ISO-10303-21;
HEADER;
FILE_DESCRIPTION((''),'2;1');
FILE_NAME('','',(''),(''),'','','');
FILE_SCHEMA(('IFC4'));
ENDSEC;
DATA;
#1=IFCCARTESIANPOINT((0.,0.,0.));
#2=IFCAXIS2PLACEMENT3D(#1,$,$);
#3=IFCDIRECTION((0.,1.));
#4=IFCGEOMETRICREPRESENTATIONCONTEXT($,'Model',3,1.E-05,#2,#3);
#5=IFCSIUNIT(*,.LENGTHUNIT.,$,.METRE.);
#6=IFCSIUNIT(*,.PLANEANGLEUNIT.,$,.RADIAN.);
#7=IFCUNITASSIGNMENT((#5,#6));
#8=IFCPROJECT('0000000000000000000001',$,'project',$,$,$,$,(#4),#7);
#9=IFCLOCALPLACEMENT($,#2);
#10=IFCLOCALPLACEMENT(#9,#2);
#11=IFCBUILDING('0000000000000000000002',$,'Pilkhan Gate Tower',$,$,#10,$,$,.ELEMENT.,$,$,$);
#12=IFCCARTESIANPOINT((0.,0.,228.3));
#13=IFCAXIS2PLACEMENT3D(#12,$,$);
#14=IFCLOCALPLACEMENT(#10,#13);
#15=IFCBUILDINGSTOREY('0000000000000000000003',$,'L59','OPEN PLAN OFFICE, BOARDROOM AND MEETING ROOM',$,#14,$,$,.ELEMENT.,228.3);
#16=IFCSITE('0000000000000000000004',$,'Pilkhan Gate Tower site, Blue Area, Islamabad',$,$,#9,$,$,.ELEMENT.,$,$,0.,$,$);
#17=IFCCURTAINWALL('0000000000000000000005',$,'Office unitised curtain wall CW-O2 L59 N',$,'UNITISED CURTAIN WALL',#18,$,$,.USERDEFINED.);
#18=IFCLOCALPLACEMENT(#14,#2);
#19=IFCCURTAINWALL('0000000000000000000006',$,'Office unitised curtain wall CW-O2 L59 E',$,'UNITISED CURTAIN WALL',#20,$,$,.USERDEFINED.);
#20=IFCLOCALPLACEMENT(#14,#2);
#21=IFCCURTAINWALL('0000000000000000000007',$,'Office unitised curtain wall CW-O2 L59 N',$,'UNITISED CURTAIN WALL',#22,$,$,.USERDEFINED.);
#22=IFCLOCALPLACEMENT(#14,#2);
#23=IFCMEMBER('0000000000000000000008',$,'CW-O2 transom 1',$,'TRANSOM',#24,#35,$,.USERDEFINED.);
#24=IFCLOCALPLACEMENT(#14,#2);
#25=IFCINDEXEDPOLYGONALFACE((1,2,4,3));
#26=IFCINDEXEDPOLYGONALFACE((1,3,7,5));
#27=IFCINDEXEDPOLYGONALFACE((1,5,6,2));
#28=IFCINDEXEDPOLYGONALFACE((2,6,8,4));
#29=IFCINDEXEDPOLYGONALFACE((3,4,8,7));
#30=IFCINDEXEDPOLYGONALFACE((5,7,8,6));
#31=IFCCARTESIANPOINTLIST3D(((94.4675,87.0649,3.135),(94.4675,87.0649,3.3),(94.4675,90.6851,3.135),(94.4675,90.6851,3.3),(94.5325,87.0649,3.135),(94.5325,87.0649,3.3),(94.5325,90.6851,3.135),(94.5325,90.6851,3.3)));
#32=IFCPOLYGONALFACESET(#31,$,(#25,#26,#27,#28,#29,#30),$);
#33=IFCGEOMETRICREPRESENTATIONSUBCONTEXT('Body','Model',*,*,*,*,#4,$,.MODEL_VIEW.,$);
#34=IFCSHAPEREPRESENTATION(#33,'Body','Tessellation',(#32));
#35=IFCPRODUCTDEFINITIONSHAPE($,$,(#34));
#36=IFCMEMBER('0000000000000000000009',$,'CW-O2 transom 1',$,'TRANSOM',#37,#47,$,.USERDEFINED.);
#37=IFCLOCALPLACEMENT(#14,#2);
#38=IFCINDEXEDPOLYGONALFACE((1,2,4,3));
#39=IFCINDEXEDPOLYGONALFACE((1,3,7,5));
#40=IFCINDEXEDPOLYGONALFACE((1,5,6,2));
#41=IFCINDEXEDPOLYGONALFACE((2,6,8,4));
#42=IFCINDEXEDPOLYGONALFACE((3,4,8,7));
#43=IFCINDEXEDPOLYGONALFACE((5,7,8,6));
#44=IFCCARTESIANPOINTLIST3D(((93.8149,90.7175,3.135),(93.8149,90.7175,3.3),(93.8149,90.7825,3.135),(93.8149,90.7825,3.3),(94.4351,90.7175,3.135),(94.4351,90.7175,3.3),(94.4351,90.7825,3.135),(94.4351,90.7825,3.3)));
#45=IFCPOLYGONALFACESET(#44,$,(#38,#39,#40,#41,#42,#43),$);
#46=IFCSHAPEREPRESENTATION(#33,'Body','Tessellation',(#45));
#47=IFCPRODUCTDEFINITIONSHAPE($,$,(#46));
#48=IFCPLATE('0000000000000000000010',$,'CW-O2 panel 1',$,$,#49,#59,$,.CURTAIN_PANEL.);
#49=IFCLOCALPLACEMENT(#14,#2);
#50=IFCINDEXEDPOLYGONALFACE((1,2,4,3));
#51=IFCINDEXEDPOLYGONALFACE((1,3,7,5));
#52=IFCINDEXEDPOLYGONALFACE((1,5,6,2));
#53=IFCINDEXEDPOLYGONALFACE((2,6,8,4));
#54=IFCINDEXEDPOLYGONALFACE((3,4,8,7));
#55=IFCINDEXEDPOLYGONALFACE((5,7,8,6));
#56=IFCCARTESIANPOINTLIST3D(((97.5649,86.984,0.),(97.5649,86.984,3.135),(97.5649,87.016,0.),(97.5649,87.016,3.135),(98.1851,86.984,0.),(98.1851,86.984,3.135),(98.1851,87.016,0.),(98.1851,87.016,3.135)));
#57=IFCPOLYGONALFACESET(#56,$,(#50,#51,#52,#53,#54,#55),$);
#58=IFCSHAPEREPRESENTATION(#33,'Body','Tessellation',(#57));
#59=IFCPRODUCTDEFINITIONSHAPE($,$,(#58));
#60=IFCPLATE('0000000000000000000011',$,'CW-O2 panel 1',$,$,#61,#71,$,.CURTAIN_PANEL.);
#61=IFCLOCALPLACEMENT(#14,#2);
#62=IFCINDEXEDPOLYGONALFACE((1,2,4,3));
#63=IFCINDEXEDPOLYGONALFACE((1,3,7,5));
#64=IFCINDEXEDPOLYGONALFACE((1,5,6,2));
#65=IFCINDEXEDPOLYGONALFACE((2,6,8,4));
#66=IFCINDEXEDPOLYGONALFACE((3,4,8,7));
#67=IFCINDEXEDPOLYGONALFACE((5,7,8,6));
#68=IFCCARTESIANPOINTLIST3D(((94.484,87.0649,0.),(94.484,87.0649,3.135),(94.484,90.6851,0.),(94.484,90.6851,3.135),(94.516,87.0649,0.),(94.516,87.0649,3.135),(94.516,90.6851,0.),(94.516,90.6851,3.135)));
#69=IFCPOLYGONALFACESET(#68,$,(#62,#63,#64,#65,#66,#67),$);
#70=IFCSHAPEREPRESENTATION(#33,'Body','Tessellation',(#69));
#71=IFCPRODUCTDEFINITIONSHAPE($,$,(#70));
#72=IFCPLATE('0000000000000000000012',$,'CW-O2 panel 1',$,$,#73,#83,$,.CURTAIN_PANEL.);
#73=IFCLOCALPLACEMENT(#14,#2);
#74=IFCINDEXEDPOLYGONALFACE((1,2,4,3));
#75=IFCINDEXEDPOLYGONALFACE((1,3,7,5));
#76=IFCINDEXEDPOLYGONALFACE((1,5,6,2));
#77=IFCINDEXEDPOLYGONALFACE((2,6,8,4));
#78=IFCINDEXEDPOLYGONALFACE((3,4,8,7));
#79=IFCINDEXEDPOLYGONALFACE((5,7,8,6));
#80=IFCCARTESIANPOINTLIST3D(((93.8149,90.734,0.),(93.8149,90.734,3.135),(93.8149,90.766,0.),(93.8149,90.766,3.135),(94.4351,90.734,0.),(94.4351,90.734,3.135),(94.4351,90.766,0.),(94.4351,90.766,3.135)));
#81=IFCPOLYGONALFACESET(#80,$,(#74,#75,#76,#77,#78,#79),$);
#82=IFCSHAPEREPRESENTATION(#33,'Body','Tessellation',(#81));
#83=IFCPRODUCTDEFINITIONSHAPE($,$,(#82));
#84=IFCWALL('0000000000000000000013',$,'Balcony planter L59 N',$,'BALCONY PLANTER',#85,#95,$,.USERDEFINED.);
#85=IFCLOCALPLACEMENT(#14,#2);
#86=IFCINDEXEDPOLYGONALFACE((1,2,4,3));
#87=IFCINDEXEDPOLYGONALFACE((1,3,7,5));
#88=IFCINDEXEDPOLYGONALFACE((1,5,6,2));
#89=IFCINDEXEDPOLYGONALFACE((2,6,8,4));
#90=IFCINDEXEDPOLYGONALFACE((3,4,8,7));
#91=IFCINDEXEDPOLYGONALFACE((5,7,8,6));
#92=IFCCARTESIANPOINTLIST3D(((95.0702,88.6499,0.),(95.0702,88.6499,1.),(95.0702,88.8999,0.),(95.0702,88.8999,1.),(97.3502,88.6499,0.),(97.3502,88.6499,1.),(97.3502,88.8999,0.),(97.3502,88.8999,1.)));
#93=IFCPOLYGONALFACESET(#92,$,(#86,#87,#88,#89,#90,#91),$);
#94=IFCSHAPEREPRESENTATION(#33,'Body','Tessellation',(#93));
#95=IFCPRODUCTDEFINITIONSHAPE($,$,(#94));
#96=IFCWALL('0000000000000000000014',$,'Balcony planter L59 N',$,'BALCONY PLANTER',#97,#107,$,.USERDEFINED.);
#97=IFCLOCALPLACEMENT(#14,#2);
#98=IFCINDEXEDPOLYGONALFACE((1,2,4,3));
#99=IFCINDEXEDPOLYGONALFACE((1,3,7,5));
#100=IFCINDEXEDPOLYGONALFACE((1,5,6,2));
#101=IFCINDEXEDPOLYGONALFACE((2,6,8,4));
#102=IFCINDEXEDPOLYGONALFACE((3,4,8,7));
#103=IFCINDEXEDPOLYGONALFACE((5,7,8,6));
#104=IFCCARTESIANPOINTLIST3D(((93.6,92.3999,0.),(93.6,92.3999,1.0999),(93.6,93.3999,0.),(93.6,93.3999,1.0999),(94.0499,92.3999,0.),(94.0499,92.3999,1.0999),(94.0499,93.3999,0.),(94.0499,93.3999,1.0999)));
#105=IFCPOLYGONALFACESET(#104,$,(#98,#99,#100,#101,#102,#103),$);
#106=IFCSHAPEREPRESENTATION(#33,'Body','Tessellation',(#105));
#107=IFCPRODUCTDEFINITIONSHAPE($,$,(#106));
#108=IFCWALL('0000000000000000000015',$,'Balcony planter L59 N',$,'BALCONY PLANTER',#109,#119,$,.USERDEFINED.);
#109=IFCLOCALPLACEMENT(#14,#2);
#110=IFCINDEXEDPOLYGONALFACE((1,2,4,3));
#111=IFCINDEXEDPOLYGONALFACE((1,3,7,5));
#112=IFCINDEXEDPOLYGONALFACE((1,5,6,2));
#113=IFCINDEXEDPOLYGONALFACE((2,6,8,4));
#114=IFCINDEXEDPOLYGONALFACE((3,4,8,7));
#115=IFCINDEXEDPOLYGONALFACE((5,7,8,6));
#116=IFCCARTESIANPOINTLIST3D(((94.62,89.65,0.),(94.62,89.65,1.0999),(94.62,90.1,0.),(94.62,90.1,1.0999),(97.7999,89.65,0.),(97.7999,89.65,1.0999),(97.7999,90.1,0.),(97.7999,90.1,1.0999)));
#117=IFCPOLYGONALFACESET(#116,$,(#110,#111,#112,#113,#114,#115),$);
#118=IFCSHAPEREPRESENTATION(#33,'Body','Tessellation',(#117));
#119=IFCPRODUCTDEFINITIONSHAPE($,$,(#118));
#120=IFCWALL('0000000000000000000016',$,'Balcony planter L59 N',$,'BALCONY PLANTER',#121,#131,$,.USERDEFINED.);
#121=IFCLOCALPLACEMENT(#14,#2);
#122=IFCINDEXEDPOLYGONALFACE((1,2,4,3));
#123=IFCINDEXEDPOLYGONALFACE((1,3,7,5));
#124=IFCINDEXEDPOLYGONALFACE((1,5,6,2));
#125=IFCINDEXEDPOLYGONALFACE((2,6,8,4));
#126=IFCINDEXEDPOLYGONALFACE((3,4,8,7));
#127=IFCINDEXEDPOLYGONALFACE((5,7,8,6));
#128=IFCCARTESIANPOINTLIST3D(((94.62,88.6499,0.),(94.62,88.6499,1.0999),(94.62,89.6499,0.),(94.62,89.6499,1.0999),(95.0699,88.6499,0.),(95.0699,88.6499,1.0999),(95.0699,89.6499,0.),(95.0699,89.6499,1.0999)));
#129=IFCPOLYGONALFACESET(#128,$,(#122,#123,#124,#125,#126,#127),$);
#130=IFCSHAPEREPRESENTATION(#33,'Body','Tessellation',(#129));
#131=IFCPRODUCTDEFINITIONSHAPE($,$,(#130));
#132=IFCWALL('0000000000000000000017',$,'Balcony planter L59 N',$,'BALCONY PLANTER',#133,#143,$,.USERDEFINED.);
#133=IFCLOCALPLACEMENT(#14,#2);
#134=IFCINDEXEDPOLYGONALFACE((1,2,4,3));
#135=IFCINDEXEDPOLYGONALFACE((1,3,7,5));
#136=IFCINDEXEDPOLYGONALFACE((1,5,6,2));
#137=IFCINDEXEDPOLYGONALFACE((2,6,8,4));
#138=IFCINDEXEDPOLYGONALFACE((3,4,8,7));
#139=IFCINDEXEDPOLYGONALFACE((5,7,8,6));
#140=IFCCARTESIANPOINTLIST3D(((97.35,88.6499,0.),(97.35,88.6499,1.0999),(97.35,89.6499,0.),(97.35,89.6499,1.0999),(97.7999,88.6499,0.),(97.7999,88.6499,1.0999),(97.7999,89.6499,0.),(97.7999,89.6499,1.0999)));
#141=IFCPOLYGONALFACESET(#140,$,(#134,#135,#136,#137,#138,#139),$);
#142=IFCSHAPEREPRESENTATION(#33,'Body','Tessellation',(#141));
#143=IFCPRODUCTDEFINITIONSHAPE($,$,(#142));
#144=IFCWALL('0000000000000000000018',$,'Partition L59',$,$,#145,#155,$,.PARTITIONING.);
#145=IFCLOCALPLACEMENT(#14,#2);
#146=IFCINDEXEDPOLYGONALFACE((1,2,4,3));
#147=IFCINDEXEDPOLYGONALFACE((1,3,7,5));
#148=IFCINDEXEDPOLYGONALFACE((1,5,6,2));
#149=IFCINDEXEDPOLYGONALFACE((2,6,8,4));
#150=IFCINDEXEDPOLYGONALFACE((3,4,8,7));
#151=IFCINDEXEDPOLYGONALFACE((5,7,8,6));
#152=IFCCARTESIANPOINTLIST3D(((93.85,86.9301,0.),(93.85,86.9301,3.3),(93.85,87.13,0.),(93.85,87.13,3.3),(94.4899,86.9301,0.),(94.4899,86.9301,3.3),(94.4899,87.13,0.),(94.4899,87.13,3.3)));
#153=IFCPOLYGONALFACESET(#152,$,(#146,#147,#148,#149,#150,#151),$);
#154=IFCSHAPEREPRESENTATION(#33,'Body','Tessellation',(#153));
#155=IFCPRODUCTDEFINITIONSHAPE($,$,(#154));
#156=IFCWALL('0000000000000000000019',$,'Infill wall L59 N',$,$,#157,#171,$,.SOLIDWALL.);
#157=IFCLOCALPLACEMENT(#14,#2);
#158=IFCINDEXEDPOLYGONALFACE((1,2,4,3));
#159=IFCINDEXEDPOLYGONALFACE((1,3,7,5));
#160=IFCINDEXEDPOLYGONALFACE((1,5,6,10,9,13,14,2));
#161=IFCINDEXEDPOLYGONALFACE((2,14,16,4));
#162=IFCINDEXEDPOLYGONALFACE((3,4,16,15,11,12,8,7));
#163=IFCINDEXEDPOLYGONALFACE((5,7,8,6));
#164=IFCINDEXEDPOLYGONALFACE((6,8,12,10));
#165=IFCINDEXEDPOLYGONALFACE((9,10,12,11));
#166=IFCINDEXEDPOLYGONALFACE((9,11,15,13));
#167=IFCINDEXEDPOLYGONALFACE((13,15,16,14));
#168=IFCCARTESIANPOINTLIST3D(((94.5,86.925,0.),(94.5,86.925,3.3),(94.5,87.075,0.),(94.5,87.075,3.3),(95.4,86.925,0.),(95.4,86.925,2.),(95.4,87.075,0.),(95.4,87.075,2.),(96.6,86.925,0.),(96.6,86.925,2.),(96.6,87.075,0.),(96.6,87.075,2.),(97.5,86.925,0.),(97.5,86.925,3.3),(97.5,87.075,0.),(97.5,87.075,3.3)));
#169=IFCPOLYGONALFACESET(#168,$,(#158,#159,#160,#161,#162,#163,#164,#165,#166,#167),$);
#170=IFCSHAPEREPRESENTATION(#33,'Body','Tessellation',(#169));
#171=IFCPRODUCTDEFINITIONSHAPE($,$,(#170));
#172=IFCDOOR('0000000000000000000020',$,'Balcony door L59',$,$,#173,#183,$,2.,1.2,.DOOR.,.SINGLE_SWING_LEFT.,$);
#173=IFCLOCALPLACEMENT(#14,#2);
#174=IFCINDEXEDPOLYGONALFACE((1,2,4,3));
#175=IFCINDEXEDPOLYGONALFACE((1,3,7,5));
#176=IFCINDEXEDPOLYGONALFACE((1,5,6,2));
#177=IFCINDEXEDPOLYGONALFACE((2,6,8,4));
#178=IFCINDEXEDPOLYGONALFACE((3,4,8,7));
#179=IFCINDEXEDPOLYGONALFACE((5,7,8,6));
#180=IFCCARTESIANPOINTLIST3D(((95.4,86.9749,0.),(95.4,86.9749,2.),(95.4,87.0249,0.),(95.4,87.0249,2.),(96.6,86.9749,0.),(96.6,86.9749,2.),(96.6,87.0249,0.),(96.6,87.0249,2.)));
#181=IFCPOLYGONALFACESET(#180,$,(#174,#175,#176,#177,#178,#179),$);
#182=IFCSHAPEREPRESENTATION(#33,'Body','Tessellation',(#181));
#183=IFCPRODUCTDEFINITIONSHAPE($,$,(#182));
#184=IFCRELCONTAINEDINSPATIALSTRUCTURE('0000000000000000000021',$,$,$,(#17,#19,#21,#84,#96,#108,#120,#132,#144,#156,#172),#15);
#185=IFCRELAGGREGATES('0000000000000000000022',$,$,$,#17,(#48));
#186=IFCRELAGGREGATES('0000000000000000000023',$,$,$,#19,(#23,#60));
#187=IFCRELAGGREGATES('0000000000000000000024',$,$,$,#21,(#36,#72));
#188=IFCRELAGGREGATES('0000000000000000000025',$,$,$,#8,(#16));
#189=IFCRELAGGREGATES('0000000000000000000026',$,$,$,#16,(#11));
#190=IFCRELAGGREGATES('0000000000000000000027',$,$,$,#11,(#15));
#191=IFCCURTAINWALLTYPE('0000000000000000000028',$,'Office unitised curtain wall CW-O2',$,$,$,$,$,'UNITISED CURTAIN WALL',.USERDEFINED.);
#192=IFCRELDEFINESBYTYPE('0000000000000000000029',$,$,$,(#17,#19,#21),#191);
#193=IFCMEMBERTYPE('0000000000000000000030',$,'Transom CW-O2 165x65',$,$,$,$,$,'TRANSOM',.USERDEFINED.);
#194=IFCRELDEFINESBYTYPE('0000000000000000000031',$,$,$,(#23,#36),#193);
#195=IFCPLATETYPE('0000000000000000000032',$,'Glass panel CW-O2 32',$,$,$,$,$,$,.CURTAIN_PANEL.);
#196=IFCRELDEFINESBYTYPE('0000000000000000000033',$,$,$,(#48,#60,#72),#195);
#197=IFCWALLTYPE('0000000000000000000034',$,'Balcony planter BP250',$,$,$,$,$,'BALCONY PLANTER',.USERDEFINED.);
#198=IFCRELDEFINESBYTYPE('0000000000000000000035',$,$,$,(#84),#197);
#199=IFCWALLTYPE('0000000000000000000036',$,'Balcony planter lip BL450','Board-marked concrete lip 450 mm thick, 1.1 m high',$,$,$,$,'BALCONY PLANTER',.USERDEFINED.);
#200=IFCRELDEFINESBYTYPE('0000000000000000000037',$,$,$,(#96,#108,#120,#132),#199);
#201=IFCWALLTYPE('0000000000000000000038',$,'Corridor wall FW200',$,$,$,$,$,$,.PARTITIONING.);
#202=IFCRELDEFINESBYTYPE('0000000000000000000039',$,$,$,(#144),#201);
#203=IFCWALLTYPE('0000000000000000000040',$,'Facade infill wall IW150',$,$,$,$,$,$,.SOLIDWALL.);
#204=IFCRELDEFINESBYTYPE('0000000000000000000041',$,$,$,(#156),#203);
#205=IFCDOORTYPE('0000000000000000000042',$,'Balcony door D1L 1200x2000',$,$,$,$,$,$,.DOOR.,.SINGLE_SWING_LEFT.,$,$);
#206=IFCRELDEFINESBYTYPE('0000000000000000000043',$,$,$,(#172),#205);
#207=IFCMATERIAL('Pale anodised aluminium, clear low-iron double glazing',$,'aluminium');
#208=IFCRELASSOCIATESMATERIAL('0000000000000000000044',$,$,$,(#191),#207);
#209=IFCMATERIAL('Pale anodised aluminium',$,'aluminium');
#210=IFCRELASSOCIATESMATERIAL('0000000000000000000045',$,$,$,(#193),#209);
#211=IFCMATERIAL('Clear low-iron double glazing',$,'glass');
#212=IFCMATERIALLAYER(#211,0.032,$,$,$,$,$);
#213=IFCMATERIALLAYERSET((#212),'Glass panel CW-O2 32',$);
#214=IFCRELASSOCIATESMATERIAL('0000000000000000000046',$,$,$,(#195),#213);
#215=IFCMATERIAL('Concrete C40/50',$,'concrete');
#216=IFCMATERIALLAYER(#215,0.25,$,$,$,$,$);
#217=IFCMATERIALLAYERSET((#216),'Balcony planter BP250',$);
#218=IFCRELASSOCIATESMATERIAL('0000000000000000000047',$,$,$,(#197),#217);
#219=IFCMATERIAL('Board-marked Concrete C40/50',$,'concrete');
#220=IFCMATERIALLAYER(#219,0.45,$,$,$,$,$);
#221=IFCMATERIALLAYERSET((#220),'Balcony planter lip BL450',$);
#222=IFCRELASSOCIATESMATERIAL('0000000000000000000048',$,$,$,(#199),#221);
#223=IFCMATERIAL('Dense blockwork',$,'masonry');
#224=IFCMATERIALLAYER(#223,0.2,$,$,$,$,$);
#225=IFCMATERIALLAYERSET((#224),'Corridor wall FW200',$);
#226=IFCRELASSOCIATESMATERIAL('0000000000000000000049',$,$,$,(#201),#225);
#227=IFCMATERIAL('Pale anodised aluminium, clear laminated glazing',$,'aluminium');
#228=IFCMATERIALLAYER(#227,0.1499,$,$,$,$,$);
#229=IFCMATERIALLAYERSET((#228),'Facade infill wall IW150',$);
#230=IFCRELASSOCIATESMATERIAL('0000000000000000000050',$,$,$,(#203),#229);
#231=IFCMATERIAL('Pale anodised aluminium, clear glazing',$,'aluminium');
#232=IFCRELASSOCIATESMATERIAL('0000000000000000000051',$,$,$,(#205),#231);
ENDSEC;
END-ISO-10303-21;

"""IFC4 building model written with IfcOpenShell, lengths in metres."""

from ifc_helpers import new_model, si_unit, direction, frame, frame_2d, origin, origin_2d, place, context, subcontext, project, spatial, rectangle, extrude, material, layer, layer_set, material_profile, profile_set, type_object, element, fill, aggregate, save


model = new_model("IFC4")

# Units and contexts
model_context = context("Model", 3, precision=1e-05, world=origin(), true_north=direction((0.0, 1.0)))
body_context = subcontext(model_context, "Body", "Model", "MODEL_VIEW")
ifc_project = project(units=[si_unit("LENGTHUNIT", "METRE"), si_unit("PLANEANGLEUNIT", "RADIAN")], contexts=[model_context])

# Site, building, storey
site_placement = place(None, origin())
site = spatial("IfcSite", under=ifc_project, at=site_placement, Name="Pilkhan Gate Tower site, Blue Area, Islamabad", CompositionType="ELEMENT", RefElevation=0.0)
building_placement = place(site_placement, origin())
building = spatial("IfcBuilding", under=site, at=building_placement, Name="Pilkhan Gate Tower", CompositionType="ELEMENT")
storey_placement = place(building_placement, frame((0.0, 0.0, 228.3)))
storey = spatial("IfcBuildingStorey", under=building, at=storey_placement, Name="L59", Description="OPEN PLAN OFFICE, BOARDROOM AND MEETING ROOM", CompositionType="ELEMENT", Elevation=228.3)

# Shared definitions
ifc_material_1 = material(Name="Pale anodised aluminium, clear low-iron double glazing", Category="aluminium")
curtain_wall_type = type_object("IfcCurtainWallType", Name="Office unitised curtain wall CW-O2", ElementType="UNITISED CURTAIN WALL", PredefinedType="USERDEFINED", material=ifc_material_1)
ifc_material_2 = material(Name="Pale anodised aluminium", Category="aluminium")

# Curtain walls
curtain_wall_1_placement = place(storey_placement, origin())
curtain_wall_1 = element("IfcCurtainWall", 1, at=curtain_wall_1_placement, inside=storey, type_object=curtain_wall_type, Name="Office unitised curtain wall CW-O2 L59 N", ObjectType="UNITISED CURTAIN WALL", PredefinedType="USERDEFINED")
curtain_wall_2_placement = place(storey_placement, origin())
curtain_wall_2 = element("IfcCurtainWall", 2, at=curtain_wall_2_placement, inside=storey, type_object=curtain_wall_type, Name="Office unitised curtain wall CW-O2 L59 E", ObjectType="UNITISED CURTAIN WALL", PredefinedType="USERDEFINED")
curtain_wall_3_placement = place(storey_placement, origin())
curtain_wall_3 = element("IfcCurtainWall", 3, at=curtain_wall_3_placement, inside=storey, type_object=curtain_wall_type, Name="Office unitised curtain wall CW-O2 L59 N", ObjectType="UNITISED CURTAIN WALL", PredefinedType="USERDEFINED")

# Members
ifc_material_profile_1 = material_profile(ifc_material_2, rectangle(XDim=0.0649, YDim=0.165, at=origin_2d()), Name="Transom 165x65")
ifc_profile_set_1 = profile_set([ifc_material_profile_1], Name="Pale anodised aluminium")
member_type_1 = type_object("IfcMemberType", Name="Transom CW-O2 165x65", ElementType="TRANSOM", PredefinedType="USERDEFINED", material=ifc_profile_set_1)
member_1_placement = place(storey_placement, frame((94.5, 87.0649, 3.2175), z_axis=(0.0, 1.0, 0.0), x_axis=(-1.0, 0.0, 0.0)))
member_1 = element("IfcMember", 4, at=member_1_placement, type_object=member_type_1, Name="CW-O2 transom 1", ObjectType="TRANSOM", PredefinedType="USERDEFINED", context=body_context, shape_type="SweptSolid", body=[
    extrude(rectangle(XDim=0.0649, YDim=0.165, at=origin_2d()), origin(), (0.0, 0.0, 1.0), 3.6201),
])
member_2_placement = place(storey_placement, frame((93.8149, 90.75, 3.2175), z_axis=(1.0, 0.0, 0.0), x_axis=(0.0, 1.0, 0.0)))
member_2 = element("IfcMember", 5, at=member_2_placement, type_object=member_type_1, Name="CW-O2 transom 1", ObjectType="TRANSOM", PredefinedType="USERDEFINED", context=body_context, shape_type="SweptSolid", body=[
    extrude(rectangle(XDim=0.0649, YDim=0.165, at=origin_2d()), origin(), (0.0, 0.0, 1.0), 0.6201),
])

# Plates
ifc_material_3 = material(Name="Clear low-iron double glazing", Category="glass")
ifc_layer_1 = layer(ifc_material_3, 0.032)
ifc_layer_set_1 = layer_set([ifc_layer_1], Name="Glass panel CW-O2 32")
plate_type = type_object("IfcPlateType", Name="Glass panel CW-O2 32", PredefinedType="CURTAIN_PANEL", material=ifc_layer_set_1)
plate_1_placement = place(storey_placement, frame((97.875, 87.0, 0.0), z_axis=(0.0, 0.0, 1.0), x_axis=(1.0, 0.0, 0.0)))
plate_1 = element("IfcPlate", 6, at=plate_1_placement, type_object=plate_type, Name="CW-O2 panel 1", PredefinedType="CURTAIN_PANEL", context=body_context, shape_type="SweptSolid", body=[
    extrude(rectangle(XDim=0.6201, YDim=0.032, at=origin_2d()), origin(), (0.0, 0.0, 1.0), 3.135),
])
aggregate(curtain_wall_1, [plate_1])
plate_2_placement = place(storey_placement, frame((94.5, 88.875, 0.0), z_axis=(0.0, 0.0, 1.0), x_axis=(0.0, 1.0, 0.0)))
plate_2 = element("IfcPlate", 7, at=plate_2_placement, type_object=plate_type, Name="CW-O2 panel 1", PredefinedType="CURTAIN_PANEL", context=body_context, shape_type="SweptSolid", body=[
    extrude(rectangle(XDim=3.6201, YDim=0.032, at=origin_2d()), origin(), (0.0, 0.0, 1.0), 3.135),
])
aggregate(curtain_wall_2, [member_1, plate_2])
plate_3_placement = place(storey_placement, frame((94.125, 90.75, 0.0), z_axis=(0.0, 0.0, 1.0), x_axis=(1.0, 0.0, 0.0)))
plate_3 = element("IfcPlate", 8, at=plate_3_placement, type_object=plate_type, Name="CW-O2 panel 1", PredefinedType="CURTAIN_PANEL", context=body_context, shape_type="SweptSolid", body=[
    extrude(rectangle(XDim=0.6201, YDim=0.032, at=origin_2d()), origin(), (0.0, 0.0, 1.0), 3.135),
])
aggregate(curtain_wall_3, [member_2, plate_3])

# Walls
ifc_material_4 = material(Name="Concrete C40/50", Category="concrete")
ifc_layer_2 = layer(ifc_material_4, 0.25)
ifc_layer_set_2 = layer_set([ifc_layer_2], Name="Balcony planter BP250")
wall_type_1 = type_object("IfcWallType", Name="Balcony planter BP250", ElementType="BALCONY PLANTER", PredefinedType="USERDEFINED", material=ifc_layer_set_2)
wall_1_placement = place(storey_placement, frame((95.0701, 88.7749, 0.0), z_axis=(0.0, 0.0, 1.0), x_axis=(1.0, 0.0, 0.0)))
element("IfcWall", 9, at=wall_1_placement, inside=storey, type_object=wall_type_1, Name="Balcony planter L59 N", ObjectType="BALCONY PLANTER", PredefinedType="USERDEFINED", context=body_context, shape_type="SweptSolid", body=[
    extrude(rectangle(XDim=2.28, YDim=0.25, at=frame_2d((1.1401, 0.0))), origin(), (0.0, 0.0, 1.0), 1.0),
])
ifc_material_5 = material(Name="Board-marked Concrete C40/50", Category="concrete")
ifc_layer_3 = layer(ifc_material_5, 0.45)
ifc_layer_set_3 = layer_set([ifc_layer_3], Name="Balcony planter lip BL450")
wall_type_2 = type_object("IfcWallType", Name="Balcony planter lip BL450", Description="Board-marked concrete lip 450 mm thick, 1.1 m high", ElementType="BALCONY PLANTER", PredefinedType="USERDEFINED", material=ifc_layer_set_3)
wall_2_placement = place(storey_placement, frame((93.825, 92.3999, 0.0), z_axis=(0.0, 0.0, 1.0), x_axis=(0.0, 1.0, 0.0)))
element("IfcWall", 10, at=wall_2_placement, inside=storey, type_object=wall_type_2, Name="Balcony planter L59 N", ObjectType="BALCONY PLANTER", PredefinedType="USERDEFINED", context=body_context, shape_type="SweptSolid", body=[
    extrude(rectangle(XDim=1.0, YDim=0.45, at=frame_2d((0.5, 0.0))), origin(), (0.0, 0.0, 1.0), 1.0999),
])
wall_3_placement = place(storey_placement, frame((94.6201, 89.875, 0.0), z_axis=(0.0, 0.0, 1.0), x_axis=(1.0, 0.0, 0.0)))
element("IfcWall", 11, at=wall_3_placement, inside=storey, type_object=wall_type_2, Name="Balcony planter L59 N", ObjectType="BALCONY PLANTER", PredefinedType="USERDEFINED", context=body_context, shape_type="SweptSolid", body=[
    extrude(rectangle(XDim=3.1799, YDim=0.45, at=frame_2d((1.5898, 0.0))), origin(), (0.0, 0.0, 1.0), 1.0999),
])
for number, where, z_axis, x_axis, name in (
    (12, (94.845, 88.6499, 0.0), (0.0, 0.0, 1.0), (0.0, 1.0, 0.0), "Balcony planter L59 N"),
    (13, (97.575, 88.6499, 0.0), (0.0, 0.0, 1.0), (0.0, 1.0, 0.0), "Balcony planter L59 N"),
):
    element("IfcWall", number, at=place(storey_placement, frame(where, z_axis=z_axis, x_axis=x_axis)), inside=storey, type_object=wall_type_2, Name=name, ObjectType="BALCONY PLANTER", PredefinedType="USERDEFINED", context=body_context, shape_type="SweptSolid", body=[
        extrude(rectangle(XDim=1.0, YDim=0.45, at=frame_2d((0.5, 0.0))), origin(), (0.0, 0.0, 1.0), 1.0999),
    ])
ifc_material_6 = material(Name="Dense blockwork", Category="masonry")
ifc_layer_4 = layer(ifc_material_6, 0.2)
ifc_layer_set_4 = layer_set([ifc_layer_4], Name="Corridor wall FW200")
wall_type_3 = type_object("IfcWallType", Name="Corridor wall FW200", PredefinedType="PARTITIONING", material=ifc_layer_set_4)
wall_4_placement = place(storey_placement, frame((93.8501, 87.03, 0.0), z_axis=(0.0, 0.0, 1.0), x_axis=(1.0, 0.0, 0.0)))
element("IfcWall", 14, at=wall_4_placement, inside=storey, type_object=wall_type_3, Name="Partition L59", PredefinedType="PARTITIONING", context=body_context, shape_type="SweptSolid", body=[
    extrude(rectangle(XDim=0.6399, YDim=0.2, at=frame_2d((0.3198, 0.0))), origin(), (0.0, 0.0, 1.0), 3.3),
])

# Wall, opening, door
ifc_material_7 = material(Name="Pale anodised aluminium, clear laminated glazing", Category="aluminium")
ifc_layer_5 = layer(ifc_material_7, 0.1499)
ifc_layer_set_5 = layer_set([ifc_layer_5], Name="Facade infill wall IW150")
wall_type_4 = type_object("IfcWallType", Name="Facade infill wall IW150", PredefinedType="SOLIDWALL", material=ifc_layer_set_5)
wall_5_placement = place(storey_placement, frame((94.5, 87.0, 0.0), z_axis=(0.0, 0.0, 1.0), x_axis=(1.0, 0.0, 0.0)))
wall_5 = element("IfcWall", 15, at=wall_5_placement, inside=storey, type_object=wall_type_4, Name="Infill wall L59 N", PredefinedType="SOLIDWALL", context=body_context, shape_type="SweptSolid", body=[
    extrude(rectangle(XDim=3.0, YDim=0.1499, at=frame_2d((1.5, 0.0))), origin(), (0.0, 0.0, 1.0), 3.3),
])
opening_placement = place(wall_5_placement, frame((0.8999, 0.0, 0.0)))
opening = element("IfcOpeningElement", 16, at=opening_placement, cuts=wall_5, PredefinedType="OPENING", context=body_context, shape_type="SweptSolid", body=[
    extrude(rectangle(XDim=1.2, YDim=2.0, at=frame_2d((0.6001, 1.0))), frame((0.0, 0.085, 0.0), z_axis=(0.0, -1.0, 0.0), x_axis=(1.0, 0.0, 0.0)), (0.0, 0.0, 1.0), 0.1699),
])
ifc_material_8 = material(Name="Pale anodised aluminium, clear glazing", Category="aluminium")
door_type = type_object("IfcDoorType", Name="Balcony door D1L 1200x2000", OperationType="SINGLE_SWING_LEFT", PredefinedType="DOOR", material=ifc_material_8)
door_placement = place(opening_placement, origin())
door = element("IfcDoor", 17, at=door_placement, inside=storey, type_object=door_type, Name="Balcony door L59", OperationType="SINGLE_SWING_LEFT", OverallHeight=2.0, OverallWidth=1.2, PredefinedType="DOOR", context=body_context, shape_type="SweptSolid", body=[
    extrude(rectangle(XDim=1.2, YDim=2.0, at=frame_2d((0.6001, 1.0))), frame((0.0, 0.0249, 0.0), z_axis=(0.0, -1.0, 0.0), x_axis=(1.0, 0.0, 0.0)), (0.0, 0.0, 1.0), 0.05),
])
fill(opening, door)

save(model, "model.ifc")
